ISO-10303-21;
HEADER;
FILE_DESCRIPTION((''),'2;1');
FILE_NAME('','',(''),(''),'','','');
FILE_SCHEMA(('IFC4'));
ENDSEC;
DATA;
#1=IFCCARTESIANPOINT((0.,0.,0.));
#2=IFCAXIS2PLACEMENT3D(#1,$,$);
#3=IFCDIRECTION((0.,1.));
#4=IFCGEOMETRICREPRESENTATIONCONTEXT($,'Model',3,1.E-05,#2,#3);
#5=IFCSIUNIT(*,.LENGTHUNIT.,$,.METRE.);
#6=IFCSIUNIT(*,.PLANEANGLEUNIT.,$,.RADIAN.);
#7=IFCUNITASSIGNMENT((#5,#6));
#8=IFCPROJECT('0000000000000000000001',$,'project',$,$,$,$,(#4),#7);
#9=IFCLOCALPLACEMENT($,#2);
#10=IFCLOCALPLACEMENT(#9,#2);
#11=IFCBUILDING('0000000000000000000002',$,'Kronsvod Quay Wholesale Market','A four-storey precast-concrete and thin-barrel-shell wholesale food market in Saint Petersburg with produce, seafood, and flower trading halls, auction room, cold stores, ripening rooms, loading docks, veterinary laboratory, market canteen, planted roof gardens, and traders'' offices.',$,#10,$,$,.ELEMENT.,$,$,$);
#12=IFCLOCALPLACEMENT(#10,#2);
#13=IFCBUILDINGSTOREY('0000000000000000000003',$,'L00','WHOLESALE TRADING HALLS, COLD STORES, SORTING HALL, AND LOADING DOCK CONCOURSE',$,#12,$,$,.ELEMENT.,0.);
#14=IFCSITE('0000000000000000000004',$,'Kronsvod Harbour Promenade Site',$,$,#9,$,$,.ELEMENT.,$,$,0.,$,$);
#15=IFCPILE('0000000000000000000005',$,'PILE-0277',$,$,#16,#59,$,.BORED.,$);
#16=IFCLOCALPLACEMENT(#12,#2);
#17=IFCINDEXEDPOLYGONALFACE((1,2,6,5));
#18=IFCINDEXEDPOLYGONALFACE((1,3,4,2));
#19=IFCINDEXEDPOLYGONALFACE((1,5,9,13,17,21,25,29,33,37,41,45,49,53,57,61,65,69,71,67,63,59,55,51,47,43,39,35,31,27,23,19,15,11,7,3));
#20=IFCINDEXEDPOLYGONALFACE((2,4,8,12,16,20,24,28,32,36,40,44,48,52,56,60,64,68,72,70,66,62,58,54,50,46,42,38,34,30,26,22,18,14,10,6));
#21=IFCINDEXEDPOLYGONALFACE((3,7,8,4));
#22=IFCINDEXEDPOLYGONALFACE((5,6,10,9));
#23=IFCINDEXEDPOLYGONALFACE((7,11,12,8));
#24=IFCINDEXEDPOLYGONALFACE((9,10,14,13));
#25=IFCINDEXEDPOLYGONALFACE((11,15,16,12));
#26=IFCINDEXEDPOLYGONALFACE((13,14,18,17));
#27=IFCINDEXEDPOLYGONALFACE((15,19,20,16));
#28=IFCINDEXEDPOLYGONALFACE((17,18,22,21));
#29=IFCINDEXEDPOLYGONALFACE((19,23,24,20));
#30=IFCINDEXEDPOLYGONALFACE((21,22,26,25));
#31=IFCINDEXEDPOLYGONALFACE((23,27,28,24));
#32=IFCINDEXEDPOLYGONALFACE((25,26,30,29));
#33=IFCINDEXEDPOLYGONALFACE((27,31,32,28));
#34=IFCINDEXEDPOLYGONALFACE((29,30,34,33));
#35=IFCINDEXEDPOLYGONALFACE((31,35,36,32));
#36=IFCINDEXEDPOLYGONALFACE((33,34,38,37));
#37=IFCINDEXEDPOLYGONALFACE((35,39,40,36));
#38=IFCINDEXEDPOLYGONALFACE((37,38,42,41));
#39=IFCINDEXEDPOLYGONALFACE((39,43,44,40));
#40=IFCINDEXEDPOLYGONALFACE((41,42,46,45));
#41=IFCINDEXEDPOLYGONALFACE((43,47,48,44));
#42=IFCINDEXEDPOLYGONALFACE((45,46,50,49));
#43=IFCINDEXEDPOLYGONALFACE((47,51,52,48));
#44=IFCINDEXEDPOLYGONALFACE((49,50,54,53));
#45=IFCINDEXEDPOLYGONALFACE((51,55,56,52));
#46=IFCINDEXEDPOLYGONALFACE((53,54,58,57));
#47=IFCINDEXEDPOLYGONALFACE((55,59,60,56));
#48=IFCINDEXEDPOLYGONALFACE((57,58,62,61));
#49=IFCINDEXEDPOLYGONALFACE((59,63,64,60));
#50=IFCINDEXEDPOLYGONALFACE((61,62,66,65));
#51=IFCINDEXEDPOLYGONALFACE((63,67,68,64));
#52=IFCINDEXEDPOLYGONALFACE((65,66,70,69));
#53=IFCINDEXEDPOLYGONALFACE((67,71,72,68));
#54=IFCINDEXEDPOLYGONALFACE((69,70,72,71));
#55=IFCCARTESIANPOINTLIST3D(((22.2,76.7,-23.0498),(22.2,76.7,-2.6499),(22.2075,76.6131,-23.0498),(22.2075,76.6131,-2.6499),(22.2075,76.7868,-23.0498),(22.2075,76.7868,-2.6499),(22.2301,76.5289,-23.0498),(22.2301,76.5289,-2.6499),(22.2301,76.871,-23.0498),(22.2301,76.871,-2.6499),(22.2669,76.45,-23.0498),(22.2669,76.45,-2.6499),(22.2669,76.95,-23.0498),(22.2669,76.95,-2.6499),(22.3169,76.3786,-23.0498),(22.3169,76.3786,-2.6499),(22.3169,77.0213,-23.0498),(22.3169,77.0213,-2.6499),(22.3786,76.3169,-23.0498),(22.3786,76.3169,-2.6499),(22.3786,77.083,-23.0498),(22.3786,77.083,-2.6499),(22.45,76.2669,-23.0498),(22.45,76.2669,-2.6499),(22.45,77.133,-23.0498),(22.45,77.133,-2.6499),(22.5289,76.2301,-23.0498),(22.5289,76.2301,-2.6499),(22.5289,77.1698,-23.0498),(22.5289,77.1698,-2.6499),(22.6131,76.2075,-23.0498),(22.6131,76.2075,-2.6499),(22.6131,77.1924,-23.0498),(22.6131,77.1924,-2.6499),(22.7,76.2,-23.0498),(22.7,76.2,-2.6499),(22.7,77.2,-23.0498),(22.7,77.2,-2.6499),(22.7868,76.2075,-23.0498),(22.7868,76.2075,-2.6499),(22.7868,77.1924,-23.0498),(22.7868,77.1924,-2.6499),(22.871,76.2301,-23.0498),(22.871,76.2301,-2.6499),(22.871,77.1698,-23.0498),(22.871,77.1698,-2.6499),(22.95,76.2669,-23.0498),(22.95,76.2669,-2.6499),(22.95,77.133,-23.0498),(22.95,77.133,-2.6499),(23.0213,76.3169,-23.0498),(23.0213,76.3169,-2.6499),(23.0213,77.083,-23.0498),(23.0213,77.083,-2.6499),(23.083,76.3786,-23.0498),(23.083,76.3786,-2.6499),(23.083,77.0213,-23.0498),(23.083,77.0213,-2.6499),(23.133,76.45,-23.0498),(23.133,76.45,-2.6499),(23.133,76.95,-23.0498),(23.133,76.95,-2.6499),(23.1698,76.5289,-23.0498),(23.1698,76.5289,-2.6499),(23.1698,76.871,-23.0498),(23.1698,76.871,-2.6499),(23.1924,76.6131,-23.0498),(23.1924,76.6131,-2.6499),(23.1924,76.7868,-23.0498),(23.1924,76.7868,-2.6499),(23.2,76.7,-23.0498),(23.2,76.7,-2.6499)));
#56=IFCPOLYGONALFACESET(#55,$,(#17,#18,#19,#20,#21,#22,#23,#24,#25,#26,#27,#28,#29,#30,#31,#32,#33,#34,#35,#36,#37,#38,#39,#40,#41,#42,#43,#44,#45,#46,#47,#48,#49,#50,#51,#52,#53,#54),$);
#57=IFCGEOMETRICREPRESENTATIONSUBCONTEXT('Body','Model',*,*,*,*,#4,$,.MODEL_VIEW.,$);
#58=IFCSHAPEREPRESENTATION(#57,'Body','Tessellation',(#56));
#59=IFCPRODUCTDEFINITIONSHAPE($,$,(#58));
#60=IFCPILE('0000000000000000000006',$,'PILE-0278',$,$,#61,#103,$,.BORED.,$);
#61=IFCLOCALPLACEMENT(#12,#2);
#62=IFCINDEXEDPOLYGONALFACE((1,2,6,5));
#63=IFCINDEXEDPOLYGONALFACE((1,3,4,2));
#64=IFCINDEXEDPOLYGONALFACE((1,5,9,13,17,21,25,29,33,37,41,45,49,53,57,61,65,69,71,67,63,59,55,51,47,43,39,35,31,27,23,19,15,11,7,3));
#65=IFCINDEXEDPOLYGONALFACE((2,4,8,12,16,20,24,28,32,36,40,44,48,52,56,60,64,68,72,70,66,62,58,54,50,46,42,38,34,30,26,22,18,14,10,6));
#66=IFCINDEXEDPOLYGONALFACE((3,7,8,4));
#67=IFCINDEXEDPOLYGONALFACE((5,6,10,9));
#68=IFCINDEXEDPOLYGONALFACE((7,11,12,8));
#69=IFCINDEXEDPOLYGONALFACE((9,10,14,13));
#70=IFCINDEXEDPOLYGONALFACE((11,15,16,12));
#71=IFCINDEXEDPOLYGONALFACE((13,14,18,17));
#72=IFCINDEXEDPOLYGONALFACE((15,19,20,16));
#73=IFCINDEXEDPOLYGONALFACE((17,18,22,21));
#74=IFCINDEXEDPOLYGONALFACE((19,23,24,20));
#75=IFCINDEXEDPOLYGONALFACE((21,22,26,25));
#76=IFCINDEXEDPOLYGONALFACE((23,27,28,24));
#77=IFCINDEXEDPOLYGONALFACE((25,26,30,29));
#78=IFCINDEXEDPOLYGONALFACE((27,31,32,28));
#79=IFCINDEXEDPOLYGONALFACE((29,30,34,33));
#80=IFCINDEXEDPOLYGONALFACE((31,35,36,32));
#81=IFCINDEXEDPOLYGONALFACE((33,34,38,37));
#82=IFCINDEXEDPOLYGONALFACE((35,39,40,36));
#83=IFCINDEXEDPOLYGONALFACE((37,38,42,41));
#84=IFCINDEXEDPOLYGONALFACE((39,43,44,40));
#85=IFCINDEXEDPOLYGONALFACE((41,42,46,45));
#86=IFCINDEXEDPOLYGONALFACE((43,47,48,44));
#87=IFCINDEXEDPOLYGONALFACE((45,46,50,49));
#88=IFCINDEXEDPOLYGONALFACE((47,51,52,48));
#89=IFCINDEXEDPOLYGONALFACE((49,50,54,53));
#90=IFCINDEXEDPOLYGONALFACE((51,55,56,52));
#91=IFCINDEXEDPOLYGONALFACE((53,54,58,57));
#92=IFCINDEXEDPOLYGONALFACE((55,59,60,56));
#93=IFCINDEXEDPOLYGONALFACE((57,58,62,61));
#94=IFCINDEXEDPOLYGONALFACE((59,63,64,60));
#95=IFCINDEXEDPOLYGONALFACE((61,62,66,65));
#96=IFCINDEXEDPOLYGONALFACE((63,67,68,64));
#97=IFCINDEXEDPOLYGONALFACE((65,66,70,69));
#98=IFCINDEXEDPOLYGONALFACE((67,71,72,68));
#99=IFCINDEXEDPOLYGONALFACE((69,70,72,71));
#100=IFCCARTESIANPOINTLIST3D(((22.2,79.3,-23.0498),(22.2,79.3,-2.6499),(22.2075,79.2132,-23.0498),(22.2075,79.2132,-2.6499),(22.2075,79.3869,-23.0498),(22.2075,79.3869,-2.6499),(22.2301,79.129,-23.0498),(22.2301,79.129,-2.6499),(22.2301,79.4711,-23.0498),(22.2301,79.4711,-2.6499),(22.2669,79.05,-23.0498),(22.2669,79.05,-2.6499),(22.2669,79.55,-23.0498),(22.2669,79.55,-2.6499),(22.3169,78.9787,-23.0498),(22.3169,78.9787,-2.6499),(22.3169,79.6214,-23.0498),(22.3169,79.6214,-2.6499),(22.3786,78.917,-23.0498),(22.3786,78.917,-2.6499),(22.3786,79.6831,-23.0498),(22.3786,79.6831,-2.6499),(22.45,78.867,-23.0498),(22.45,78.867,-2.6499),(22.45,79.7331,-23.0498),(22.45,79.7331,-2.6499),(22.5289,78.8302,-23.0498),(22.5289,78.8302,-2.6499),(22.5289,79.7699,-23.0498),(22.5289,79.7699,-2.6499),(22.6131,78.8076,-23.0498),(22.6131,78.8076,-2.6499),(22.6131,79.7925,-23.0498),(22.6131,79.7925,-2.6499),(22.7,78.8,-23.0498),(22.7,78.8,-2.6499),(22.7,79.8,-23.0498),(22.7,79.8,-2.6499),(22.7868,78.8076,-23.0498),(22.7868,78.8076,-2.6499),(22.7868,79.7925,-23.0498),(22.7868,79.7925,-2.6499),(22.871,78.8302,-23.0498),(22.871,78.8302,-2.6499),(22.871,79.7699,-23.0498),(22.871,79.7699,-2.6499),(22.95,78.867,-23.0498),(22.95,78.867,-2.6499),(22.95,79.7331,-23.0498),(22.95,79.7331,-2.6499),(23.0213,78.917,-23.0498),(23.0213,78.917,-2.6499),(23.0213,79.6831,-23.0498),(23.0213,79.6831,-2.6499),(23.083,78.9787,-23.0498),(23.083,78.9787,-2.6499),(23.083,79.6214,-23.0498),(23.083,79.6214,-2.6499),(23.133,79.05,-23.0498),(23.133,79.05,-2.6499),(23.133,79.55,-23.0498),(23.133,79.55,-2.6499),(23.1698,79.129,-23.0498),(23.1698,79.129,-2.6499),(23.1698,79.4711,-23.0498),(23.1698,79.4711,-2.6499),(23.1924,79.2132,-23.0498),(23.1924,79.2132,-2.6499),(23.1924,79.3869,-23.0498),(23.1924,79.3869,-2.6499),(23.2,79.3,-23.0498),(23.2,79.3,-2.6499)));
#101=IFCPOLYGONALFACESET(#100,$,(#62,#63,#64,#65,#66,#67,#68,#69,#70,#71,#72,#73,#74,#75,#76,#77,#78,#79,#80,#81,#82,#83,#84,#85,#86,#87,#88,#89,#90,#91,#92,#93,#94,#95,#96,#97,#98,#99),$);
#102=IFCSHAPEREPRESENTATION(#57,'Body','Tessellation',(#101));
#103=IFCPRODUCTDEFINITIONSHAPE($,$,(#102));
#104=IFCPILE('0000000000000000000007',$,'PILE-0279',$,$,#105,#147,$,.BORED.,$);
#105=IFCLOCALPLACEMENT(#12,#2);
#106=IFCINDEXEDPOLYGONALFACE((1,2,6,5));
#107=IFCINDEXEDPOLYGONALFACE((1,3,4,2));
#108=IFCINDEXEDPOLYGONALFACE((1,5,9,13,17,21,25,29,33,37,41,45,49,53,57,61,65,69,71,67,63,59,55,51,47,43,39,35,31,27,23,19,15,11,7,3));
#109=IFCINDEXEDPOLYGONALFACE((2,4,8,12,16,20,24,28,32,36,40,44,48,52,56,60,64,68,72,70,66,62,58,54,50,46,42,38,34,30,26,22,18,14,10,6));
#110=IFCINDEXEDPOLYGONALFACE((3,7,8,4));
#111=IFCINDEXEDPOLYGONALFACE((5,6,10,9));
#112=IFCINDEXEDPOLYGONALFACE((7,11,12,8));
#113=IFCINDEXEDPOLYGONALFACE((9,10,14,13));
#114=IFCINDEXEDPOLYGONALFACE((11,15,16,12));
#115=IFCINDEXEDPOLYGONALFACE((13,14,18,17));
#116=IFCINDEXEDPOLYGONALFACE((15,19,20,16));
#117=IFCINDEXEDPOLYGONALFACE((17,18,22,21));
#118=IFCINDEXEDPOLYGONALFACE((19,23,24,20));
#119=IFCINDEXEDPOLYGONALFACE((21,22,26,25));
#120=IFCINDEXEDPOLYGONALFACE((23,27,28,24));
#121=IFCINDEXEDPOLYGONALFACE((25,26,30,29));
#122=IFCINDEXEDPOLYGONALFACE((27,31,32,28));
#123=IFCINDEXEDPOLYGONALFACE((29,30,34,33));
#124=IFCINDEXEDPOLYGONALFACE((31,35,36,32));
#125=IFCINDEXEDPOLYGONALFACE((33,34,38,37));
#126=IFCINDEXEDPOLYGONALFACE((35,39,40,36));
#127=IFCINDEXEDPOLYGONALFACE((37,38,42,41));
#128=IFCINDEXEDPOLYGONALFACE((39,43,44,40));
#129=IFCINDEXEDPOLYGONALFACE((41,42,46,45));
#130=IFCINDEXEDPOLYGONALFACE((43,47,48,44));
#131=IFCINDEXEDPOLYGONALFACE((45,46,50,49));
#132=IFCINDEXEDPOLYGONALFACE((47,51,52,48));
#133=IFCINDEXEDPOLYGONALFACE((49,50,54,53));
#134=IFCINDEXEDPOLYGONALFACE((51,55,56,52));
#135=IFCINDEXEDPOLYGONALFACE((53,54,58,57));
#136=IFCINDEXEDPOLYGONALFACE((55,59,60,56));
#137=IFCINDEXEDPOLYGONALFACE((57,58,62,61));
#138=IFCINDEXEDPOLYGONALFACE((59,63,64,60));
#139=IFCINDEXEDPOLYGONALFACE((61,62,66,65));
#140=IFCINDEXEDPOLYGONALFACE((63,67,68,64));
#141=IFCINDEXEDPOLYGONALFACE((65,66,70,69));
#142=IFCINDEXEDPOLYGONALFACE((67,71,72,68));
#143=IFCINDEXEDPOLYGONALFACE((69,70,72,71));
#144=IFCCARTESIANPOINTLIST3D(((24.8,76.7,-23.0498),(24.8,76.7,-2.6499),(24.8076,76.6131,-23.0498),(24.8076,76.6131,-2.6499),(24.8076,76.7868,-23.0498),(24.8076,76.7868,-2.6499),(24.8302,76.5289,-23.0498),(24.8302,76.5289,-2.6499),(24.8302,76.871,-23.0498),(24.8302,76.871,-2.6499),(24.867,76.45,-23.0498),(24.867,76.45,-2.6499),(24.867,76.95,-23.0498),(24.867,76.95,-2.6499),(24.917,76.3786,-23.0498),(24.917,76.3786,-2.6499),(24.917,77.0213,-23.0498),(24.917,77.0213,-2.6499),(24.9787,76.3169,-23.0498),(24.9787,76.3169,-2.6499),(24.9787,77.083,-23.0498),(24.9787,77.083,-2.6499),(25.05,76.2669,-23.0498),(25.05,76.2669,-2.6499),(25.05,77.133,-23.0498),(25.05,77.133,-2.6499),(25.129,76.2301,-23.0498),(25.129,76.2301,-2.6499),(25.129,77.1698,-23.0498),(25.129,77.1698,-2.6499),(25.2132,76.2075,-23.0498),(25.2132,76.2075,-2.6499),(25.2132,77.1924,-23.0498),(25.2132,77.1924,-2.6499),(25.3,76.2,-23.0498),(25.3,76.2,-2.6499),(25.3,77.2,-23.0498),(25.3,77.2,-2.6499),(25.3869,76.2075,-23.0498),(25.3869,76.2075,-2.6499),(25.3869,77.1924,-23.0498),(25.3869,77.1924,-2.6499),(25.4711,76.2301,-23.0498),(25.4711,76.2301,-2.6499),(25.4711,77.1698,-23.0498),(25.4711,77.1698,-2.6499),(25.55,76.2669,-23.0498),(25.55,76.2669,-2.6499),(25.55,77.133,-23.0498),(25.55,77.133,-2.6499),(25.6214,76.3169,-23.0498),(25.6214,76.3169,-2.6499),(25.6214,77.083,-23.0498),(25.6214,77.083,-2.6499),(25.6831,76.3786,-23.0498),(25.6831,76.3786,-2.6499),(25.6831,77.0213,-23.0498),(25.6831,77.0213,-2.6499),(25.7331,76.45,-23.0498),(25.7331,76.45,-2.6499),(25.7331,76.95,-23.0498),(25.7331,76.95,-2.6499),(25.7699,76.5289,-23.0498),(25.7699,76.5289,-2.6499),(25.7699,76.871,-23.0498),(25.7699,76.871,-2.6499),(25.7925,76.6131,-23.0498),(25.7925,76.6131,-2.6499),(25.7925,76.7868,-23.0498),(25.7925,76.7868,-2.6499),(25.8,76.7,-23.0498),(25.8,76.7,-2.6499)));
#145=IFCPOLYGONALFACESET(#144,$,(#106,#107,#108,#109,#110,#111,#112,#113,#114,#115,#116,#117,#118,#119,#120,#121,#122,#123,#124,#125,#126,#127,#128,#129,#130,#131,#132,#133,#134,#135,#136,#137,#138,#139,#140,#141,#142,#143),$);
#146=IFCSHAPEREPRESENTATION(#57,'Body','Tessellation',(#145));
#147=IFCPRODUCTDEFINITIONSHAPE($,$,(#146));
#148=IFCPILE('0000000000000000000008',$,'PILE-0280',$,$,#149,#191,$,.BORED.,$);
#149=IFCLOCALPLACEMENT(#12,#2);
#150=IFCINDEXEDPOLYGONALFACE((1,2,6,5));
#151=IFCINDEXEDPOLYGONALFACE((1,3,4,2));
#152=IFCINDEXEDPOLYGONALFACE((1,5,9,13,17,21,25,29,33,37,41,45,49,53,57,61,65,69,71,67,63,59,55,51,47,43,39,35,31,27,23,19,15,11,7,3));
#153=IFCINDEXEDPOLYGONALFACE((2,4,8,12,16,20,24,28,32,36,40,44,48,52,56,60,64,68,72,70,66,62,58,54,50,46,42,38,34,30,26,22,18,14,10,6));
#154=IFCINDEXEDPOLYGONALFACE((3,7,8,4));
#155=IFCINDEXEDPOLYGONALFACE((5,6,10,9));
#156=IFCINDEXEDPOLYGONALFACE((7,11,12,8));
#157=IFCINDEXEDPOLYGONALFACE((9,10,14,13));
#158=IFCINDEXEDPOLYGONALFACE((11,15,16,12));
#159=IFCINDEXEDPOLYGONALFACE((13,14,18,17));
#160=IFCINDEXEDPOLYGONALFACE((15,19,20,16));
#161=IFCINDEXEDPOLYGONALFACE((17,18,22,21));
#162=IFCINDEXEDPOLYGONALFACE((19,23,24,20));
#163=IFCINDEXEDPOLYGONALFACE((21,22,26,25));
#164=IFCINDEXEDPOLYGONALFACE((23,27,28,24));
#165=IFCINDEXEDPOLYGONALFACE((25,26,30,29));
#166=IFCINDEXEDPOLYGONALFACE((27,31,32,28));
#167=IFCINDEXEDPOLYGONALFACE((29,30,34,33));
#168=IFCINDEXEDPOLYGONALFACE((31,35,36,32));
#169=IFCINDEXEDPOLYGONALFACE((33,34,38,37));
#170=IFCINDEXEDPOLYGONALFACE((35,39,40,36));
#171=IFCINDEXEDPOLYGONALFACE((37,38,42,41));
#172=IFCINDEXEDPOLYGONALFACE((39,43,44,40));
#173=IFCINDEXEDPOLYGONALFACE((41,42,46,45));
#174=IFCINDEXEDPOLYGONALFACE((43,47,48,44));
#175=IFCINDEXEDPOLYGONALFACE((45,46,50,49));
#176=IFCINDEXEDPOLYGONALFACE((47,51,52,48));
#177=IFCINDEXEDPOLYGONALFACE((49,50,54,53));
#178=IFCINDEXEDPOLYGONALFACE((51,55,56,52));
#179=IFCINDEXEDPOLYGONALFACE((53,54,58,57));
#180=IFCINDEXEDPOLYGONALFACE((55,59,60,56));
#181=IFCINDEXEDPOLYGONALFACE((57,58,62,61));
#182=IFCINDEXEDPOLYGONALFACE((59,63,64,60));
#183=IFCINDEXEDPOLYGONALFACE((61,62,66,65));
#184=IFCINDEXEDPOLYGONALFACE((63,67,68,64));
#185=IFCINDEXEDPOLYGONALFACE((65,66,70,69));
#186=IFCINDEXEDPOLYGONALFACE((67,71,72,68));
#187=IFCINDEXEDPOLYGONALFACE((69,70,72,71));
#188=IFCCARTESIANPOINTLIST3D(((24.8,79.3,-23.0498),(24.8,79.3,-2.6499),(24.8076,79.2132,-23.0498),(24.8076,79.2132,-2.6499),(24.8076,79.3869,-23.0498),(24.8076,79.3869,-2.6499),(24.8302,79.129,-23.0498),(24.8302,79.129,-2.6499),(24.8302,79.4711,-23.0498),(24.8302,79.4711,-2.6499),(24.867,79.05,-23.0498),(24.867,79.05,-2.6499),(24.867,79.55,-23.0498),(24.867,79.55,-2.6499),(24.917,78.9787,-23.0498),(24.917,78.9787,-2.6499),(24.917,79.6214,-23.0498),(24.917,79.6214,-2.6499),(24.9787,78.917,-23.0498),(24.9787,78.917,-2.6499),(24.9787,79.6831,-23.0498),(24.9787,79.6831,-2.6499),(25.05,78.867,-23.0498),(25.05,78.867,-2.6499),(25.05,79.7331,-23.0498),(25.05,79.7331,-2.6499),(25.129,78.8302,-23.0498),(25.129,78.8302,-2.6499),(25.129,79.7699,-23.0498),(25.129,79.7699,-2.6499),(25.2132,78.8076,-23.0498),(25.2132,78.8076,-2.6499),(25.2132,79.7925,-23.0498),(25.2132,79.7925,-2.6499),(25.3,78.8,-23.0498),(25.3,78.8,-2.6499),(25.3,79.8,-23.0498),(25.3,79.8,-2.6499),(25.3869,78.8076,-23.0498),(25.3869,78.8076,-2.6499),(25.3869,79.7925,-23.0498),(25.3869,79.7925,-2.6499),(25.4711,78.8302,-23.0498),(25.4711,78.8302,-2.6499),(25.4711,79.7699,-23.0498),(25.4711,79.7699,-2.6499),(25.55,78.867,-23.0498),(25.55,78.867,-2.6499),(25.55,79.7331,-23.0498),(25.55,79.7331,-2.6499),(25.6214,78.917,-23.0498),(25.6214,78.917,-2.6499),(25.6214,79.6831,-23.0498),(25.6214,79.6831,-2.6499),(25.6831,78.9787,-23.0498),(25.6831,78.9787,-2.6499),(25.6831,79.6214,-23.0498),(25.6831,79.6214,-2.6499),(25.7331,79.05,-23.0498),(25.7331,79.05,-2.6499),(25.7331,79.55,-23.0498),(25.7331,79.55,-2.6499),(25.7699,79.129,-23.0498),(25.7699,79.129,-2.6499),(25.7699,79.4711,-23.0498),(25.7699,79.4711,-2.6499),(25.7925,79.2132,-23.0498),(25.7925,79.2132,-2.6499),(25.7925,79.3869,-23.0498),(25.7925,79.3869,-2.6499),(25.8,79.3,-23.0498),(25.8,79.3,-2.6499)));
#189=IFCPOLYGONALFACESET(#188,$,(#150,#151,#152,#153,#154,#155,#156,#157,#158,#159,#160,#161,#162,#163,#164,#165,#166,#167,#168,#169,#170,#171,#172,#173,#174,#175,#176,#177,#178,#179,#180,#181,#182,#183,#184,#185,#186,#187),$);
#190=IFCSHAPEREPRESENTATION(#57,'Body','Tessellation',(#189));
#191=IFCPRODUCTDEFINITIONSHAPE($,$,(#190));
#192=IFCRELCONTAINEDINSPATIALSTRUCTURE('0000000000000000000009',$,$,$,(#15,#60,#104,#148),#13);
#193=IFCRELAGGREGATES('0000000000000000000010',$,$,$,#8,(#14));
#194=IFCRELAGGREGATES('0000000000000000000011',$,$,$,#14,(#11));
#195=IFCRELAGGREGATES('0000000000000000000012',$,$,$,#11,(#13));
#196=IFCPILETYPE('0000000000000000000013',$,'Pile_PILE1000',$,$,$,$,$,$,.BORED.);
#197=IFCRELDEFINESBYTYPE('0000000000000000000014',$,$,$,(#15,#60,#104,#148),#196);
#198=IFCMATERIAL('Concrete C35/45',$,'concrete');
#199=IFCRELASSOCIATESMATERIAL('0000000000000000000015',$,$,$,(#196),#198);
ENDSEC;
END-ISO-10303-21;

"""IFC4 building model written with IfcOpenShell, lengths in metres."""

from ifc_helpers import new_model, si_unit, direction, frame, origin, origin_2d, place, context, subcontext, project, spatial, circle, extrude, material, material_profile, profile_set, type_object, element, save


model = new_model("IFC4")

# Units and contexts
model_context = context("Model", 3, precision=1e-05, world=origin(), true_north=direction((0.0, 1.0)))
body_context = subcontext(model_context, "Body", "Model", "MODEL_VIEW")
ifc_project = project(units=[si_unit("LENGTHUNIT", "METRE"), si_unit("PLANEANGLEUNIT", "RADIAN")], contexts=[model_context])

# Site, building, storey
site_placement = place(None, origin())
site = spatial("IfcSite", under=ifc_project, at=site_placement, Name="Kronsvod Harbour Promenade Site", CompositionType="ELEMENT", RefElevation=0.0)
building_placement = place(site_placement, origin())
building = spatial("IfcBuilding", under=site, at=building_placement, Name="Kronsvod Quay Wholesale Market", Description="A four-storey precast-concrete and thin-barrel-shell wholesale food market in Saint Petersburg with produce, seafood, and flower trading halls, auction room, cold stores, ripening rooms, loading docks, veterinary laboratory, market canteen, planted roof gardens, and traders' offices.", CompositionType="ELEMENT")
storey_placement = place(building_placement, origin())
storey = spatial("IfcBuildingStorey", under=building, at=storey_placement, Name="L00", Description="WHOLESALE TRADING HALLS, COLD STORES, SORTING HALL, AND LOADING DOCK CONCOURSE", CompositionType="ELEMENT", Elevation=0.0)

# Piles
ifc_material_1 = material(Name="Concrete C35/45", Category="concrete")
ifc_material_profile_1 = material_profile(ifc_material_1, circle(Radius=0.5, at=origin_2d()), Name="PILE1000")
ifc_profile_set_1 = profile_set([ifc_material_profile_1], Name="Concrete C35/45")
pile_type_1 = type_object("IfcPileType", Name="Pile_PILE1000", PredefinedType="BORED", material=ifc_profile_set_1)
for number, where, z_axis, x_axis, name in (
    (1, (22.7, 76.7, -2.6499), (0.0, 0.0, -1.0), (1.0, 0.0, 0.0), "PILE-0277"),
    (2, (22.7, 79.3, -2.6499), (0.0, 0.0, -1.0), (1.0, 0.0, 0.0), "PILE-0278"),
    (3, (25.3, 76.7, -2.6499), (0.0, 0.0, -1.0), (1.0, 0.0, 0.0), "PILE-0279"),
    (4, (25.3, 79.3, -2.6499), (0.0, 0.0, -1.0), (1.0, 0.0, 0.0), "PILE-0280"),
):
    element("IfcPile", number, at=place(storey_placement, frame(where, z_axis=z_axis, x_axis=x_axis)), inside=storey, type_object=pile_type_1, Name=name, PredefinedType="BORED", context=body_context, shape_type="SweptSolid", body=[
        extrude(circle(Radius=0.5, at=origin_2d()), origin(), (0.0, 0.0, 1.0), 20.3999),
    ])

save(model, "model.ifc")
